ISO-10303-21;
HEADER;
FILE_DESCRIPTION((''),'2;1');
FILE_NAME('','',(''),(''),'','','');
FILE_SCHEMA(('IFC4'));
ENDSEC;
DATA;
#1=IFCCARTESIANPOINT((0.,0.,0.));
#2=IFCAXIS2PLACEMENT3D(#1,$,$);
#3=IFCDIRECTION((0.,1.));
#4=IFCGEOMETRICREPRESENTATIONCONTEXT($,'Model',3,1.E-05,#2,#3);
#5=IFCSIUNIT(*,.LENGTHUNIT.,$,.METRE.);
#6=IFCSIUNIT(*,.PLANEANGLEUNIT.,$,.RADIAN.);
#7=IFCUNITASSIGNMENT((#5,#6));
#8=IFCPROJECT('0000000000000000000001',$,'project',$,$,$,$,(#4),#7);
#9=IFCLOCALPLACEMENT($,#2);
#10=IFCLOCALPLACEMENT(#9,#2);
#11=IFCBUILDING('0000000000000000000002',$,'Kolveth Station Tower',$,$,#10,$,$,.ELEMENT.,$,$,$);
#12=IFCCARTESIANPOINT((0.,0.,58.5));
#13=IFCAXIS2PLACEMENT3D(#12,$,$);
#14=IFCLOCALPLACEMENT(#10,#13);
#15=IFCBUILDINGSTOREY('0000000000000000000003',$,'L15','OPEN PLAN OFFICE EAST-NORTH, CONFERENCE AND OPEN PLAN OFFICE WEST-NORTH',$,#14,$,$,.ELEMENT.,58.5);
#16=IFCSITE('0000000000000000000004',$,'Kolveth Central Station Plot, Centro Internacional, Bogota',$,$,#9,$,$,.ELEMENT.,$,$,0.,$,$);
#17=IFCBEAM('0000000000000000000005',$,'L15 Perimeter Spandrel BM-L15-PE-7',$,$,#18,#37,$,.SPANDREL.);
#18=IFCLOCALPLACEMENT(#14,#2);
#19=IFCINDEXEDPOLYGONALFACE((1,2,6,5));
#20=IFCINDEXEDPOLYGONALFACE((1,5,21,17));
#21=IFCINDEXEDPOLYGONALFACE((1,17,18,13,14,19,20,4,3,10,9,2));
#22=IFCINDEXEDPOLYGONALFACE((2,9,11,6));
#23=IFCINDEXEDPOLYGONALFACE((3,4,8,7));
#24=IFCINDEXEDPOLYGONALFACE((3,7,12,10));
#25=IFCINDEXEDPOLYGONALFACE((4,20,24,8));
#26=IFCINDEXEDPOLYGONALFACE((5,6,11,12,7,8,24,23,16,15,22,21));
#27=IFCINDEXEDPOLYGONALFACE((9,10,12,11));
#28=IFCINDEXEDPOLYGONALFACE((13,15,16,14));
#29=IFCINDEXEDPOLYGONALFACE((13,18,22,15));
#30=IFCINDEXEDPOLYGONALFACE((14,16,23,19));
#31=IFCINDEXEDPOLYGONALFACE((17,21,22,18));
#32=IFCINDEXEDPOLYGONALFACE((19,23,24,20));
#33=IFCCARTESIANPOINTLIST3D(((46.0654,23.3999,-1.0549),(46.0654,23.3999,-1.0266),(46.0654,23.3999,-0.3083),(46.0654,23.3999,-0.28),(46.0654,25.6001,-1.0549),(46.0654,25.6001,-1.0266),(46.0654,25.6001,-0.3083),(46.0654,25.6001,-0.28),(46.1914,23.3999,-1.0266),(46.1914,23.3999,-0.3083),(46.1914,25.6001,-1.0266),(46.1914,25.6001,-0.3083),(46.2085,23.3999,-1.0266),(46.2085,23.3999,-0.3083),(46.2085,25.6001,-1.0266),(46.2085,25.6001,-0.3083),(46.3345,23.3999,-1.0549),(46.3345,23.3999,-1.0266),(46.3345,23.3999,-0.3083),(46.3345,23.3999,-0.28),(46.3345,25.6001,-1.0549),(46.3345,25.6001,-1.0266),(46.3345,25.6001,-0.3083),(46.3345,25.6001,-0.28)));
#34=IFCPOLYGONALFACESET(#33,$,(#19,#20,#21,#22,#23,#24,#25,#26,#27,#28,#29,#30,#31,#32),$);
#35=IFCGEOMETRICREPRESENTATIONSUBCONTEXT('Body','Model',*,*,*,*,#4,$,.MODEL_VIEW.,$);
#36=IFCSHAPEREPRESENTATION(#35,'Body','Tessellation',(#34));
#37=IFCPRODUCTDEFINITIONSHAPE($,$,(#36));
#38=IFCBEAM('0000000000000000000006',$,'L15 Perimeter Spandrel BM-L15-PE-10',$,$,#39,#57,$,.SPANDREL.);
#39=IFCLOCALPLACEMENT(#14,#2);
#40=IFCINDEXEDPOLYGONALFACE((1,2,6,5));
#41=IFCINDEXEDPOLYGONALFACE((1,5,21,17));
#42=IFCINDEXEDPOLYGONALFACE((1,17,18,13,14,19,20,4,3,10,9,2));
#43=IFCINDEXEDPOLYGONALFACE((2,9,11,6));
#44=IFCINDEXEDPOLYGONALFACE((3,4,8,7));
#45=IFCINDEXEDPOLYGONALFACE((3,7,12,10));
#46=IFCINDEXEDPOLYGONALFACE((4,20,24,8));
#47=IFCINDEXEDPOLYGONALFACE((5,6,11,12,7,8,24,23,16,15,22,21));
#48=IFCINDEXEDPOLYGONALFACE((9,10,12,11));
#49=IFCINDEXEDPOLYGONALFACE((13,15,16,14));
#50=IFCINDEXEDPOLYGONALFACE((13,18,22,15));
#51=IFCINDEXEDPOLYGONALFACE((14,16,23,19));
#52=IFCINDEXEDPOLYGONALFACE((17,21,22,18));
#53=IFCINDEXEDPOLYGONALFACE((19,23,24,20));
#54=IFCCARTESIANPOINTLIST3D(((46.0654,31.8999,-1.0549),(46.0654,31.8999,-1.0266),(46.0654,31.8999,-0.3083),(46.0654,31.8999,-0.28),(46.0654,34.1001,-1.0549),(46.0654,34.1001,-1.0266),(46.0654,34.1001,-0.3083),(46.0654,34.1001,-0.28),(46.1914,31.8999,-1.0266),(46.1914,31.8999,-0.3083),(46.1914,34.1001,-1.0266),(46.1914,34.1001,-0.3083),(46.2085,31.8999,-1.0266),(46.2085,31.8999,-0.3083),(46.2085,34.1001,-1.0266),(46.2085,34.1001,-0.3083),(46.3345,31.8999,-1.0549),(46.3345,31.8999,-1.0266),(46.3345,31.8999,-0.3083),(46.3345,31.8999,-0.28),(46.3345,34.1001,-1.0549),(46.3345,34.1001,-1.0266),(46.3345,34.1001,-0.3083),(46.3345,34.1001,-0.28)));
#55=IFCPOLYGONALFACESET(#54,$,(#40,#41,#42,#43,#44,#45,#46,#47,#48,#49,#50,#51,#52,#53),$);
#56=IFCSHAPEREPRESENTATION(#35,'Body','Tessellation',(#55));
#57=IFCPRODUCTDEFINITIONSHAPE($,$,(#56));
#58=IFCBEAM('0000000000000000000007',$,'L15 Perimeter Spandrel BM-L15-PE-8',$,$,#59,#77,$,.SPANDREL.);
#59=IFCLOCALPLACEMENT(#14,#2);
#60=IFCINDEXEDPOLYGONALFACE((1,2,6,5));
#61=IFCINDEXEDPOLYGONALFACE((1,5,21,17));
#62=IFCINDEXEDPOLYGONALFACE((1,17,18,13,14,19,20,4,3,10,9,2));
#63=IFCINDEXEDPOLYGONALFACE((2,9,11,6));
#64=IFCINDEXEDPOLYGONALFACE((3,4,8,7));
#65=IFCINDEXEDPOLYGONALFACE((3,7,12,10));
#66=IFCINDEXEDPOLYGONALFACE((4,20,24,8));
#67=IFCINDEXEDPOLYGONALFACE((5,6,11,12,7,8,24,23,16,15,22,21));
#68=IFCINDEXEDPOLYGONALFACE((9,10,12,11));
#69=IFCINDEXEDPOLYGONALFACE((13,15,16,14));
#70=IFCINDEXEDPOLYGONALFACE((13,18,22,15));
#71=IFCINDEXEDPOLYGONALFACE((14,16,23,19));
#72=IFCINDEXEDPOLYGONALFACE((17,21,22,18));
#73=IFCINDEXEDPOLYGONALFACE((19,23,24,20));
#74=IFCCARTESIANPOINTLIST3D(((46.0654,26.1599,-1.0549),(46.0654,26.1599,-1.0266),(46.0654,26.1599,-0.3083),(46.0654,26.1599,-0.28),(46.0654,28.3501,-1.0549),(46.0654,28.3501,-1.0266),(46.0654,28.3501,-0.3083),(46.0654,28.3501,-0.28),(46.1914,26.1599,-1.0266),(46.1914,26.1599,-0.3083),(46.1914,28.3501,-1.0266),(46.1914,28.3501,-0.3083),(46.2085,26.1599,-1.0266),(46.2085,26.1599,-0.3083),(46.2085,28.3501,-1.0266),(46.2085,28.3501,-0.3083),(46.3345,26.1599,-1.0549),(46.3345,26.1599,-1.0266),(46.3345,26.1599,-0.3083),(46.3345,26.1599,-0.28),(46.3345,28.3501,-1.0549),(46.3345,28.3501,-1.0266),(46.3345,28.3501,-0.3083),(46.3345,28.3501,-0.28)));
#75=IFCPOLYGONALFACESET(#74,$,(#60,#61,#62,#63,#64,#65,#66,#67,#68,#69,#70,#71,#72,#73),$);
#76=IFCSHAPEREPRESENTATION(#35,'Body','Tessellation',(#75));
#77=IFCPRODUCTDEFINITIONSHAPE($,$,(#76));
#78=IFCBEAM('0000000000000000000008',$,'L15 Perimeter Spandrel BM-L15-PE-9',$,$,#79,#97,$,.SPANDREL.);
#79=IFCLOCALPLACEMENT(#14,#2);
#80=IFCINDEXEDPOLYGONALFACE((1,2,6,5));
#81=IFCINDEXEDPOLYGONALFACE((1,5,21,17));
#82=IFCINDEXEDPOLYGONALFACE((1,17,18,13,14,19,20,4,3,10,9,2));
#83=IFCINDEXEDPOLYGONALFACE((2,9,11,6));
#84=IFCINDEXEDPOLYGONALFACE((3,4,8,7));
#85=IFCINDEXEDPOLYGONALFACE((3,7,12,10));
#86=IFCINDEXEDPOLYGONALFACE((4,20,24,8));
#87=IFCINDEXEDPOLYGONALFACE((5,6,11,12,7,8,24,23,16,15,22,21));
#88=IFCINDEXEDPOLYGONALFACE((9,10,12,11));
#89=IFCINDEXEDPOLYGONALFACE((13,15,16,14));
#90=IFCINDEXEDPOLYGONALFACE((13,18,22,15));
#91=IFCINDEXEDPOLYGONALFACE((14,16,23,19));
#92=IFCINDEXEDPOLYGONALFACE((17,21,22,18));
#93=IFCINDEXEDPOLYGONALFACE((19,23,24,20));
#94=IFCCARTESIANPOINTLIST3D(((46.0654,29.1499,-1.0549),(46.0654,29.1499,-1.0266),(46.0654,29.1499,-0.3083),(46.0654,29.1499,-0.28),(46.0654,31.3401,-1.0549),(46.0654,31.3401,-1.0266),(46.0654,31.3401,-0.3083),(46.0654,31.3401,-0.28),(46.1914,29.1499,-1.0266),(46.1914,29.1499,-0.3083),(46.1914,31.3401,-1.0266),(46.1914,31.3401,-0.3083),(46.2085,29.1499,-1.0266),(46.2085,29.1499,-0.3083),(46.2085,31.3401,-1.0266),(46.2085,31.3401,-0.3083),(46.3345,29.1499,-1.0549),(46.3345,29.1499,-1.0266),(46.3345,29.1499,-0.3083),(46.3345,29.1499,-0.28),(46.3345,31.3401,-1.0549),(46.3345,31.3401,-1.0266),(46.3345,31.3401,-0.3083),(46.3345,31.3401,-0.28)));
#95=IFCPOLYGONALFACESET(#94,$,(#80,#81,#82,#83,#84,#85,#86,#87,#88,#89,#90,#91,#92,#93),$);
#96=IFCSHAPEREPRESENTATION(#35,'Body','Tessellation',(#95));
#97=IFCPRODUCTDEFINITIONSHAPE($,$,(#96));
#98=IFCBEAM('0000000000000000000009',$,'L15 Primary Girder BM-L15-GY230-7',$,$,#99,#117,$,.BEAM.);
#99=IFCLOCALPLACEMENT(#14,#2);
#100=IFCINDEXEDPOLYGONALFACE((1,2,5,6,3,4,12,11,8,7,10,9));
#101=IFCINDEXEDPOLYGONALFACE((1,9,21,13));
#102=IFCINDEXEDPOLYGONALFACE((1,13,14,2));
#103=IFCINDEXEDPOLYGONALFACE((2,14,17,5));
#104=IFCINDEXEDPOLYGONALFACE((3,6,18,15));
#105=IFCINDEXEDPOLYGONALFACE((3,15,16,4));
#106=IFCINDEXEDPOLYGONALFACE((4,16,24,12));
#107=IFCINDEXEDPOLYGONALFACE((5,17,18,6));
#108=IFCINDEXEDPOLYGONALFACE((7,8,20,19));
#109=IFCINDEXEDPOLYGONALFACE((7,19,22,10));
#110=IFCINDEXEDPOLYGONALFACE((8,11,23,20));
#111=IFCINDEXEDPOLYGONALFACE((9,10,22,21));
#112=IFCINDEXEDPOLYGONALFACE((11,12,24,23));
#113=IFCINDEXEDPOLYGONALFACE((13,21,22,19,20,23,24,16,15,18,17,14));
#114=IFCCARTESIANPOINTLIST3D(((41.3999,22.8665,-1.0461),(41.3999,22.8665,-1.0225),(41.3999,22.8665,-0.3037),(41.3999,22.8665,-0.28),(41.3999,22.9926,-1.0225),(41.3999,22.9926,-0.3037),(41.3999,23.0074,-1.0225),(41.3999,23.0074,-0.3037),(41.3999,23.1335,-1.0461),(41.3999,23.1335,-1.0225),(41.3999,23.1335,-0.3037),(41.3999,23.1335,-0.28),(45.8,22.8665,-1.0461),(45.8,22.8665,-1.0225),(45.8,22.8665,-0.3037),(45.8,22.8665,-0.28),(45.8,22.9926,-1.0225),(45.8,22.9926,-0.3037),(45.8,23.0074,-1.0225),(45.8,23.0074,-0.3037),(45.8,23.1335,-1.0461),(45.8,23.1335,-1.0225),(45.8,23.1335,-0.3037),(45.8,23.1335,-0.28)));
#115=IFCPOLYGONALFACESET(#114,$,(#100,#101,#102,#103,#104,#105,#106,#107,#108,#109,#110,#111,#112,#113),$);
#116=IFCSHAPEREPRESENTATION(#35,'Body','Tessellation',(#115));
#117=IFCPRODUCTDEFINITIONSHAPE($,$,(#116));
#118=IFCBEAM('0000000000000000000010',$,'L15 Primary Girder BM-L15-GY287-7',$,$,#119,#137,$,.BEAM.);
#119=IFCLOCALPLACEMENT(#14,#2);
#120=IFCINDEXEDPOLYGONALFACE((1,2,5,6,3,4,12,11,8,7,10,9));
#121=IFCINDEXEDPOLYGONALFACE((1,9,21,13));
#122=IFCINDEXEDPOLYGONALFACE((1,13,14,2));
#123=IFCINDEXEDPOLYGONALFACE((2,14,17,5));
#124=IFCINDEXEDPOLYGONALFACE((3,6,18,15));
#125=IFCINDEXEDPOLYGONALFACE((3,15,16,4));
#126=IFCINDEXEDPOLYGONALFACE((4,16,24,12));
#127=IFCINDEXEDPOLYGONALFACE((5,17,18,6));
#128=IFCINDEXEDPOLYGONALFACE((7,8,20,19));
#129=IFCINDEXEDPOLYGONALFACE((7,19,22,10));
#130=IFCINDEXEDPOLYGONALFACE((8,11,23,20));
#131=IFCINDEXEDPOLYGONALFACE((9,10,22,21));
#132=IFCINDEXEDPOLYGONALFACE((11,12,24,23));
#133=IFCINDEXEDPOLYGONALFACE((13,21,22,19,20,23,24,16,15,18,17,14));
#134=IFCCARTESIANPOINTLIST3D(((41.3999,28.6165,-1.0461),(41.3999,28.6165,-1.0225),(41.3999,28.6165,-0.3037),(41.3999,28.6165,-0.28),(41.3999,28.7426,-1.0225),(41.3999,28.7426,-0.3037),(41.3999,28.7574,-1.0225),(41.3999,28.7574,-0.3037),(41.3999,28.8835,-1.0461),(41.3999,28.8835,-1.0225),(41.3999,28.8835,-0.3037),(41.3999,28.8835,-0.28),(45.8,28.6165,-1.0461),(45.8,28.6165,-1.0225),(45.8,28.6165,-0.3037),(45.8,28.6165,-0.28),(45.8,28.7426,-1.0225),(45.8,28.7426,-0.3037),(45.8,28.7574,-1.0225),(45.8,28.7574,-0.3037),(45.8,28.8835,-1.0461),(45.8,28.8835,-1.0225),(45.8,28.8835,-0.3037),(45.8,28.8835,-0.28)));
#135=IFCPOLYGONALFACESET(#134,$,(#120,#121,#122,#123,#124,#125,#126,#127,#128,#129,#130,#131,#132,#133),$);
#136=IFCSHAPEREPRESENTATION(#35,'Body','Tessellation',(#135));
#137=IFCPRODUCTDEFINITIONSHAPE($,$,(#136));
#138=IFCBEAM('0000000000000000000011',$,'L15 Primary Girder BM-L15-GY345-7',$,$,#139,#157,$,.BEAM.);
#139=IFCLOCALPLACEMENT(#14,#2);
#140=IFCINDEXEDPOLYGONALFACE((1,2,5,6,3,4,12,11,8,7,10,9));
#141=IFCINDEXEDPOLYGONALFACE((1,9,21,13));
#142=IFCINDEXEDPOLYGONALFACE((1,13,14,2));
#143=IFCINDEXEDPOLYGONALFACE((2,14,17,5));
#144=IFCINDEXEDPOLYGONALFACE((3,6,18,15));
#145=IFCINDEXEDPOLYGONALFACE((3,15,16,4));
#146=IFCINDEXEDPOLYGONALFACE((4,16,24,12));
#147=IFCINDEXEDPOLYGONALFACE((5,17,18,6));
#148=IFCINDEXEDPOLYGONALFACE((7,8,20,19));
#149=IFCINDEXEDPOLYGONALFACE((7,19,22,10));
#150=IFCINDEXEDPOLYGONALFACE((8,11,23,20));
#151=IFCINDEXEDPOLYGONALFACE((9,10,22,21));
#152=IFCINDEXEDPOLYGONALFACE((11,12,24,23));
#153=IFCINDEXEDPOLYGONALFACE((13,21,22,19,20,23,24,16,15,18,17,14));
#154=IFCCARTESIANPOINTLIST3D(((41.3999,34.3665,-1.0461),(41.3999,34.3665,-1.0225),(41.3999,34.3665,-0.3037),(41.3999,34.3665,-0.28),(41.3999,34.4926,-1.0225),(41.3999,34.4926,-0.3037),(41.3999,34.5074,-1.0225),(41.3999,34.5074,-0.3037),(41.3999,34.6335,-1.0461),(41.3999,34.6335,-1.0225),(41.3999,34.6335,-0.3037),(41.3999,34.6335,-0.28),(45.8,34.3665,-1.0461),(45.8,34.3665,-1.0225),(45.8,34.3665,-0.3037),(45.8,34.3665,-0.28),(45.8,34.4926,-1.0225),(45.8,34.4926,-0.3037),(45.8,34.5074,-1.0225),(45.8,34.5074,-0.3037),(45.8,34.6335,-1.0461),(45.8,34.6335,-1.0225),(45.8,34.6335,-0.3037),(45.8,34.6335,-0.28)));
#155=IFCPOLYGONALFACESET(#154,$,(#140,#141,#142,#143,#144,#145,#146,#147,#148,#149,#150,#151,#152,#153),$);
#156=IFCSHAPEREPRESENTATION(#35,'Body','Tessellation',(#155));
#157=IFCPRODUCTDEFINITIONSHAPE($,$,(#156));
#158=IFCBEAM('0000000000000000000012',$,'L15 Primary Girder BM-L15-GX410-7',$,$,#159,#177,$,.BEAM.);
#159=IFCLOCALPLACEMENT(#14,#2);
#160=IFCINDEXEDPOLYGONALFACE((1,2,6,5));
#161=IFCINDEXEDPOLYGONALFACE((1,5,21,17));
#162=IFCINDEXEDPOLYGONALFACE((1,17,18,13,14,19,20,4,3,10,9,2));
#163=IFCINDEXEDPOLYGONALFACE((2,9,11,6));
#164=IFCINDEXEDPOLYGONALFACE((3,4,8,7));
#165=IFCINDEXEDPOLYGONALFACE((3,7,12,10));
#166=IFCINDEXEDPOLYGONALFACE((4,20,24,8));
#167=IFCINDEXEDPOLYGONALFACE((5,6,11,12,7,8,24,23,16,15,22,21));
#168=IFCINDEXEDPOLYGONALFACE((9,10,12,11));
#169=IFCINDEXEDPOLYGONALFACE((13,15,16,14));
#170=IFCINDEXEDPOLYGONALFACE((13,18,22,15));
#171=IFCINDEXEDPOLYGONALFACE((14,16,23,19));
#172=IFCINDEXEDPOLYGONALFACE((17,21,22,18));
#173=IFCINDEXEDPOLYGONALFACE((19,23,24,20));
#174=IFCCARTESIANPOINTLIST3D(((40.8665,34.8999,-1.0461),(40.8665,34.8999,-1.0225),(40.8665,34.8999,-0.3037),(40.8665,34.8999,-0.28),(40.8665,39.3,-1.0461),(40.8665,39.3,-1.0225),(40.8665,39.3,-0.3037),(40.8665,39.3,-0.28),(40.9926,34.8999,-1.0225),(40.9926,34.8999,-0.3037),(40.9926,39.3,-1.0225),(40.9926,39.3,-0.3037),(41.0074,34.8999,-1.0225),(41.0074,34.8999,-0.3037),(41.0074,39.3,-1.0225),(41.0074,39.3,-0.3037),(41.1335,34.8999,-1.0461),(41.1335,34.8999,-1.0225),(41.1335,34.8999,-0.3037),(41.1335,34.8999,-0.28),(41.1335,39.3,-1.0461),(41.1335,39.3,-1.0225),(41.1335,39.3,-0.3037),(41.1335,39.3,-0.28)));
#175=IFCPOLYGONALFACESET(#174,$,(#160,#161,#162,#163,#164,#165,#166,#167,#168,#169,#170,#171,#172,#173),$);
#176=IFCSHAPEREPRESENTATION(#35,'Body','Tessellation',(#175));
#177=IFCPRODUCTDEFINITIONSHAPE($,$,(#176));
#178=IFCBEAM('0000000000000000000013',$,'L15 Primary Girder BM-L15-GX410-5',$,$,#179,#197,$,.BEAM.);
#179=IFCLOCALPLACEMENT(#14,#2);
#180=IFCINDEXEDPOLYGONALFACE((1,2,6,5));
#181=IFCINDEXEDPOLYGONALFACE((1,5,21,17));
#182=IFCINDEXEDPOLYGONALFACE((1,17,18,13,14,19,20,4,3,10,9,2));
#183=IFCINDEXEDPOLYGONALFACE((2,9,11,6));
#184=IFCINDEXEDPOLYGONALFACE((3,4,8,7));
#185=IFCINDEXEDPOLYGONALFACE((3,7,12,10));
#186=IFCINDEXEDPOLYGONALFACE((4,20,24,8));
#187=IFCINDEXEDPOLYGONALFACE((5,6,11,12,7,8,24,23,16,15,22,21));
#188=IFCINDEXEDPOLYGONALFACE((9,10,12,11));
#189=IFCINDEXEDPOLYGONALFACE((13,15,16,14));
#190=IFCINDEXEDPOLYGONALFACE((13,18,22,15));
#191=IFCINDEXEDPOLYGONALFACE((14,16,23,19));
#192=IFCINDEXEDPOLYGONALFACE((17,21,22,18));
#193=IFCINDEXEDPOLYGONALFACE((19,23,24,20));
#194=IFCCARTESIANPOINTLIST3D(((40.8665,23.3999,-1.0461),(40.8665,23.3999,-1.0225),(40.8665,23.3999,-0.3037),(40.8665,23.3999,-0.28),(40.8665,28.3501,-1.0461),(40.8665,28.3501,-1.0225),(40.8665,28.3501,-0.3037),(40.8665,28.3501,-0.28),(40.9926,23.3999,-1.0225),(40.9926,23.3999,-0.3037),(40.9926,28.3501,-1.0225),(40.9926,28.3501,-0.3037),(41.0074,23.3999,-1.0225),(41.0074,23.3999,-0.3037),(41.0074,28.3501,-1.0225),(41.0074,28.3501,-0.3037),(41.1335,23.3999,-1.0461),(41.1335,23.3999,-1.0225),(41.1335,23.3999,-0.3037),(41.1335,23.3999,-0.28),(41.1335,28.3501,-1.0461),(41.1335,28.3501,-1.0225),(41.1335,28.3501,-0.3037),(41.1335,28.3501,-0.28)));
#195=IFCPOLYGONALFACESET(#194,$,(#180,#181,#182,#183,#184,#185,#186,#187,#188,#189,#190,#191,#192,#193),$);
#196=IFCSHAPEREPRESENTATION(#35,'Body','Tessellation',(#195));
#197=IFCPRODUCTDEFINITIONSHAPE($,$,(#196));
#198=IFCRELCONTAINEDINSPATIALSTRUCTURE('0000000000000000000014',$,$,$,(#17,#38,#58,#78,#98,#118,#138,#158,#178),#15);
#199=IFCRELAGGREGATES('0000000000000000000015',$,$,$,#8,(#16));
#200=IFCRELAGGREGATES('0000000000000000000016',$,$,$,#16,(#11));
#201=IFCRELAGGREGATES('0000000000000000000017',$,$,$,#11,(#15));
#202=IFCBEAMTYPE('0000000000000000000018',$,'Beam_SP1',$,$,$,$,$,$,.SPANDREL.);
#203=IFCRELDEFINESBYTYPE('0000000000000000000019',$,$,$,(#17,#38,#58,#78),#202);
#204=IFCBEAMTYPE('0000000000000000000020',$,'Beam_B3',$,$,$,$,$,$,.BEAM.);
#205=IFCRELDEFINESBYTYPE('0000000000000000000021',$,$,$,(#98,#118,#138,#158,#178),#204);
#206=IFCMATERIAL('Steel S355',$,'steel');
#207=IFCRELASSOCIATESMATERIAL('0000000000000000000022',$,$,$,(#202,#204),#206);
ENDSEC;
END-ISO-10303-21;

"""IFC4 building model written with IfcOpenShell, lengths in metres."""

from ifc_helpers import new_model, si_unit, direction, frame, origin, origin_2d, place, context, subcontext, project, spatial, i_section, extrude, source, transform, mapped, material, material_profile, profile_set, type_object, element, save


model = new_model("IFC4")

# Units and contexts
model_context = context("Model", 3, precision=1e-05, world=origin(), true_north=direction((0.0, 1.0)))
body_context = subcontext(model_context, "Body", "Model", "MODEL_VIEW")
ifc_project = project(units=[si_unit("LENGTHUNIT", "METRE"), si_unit("PLANEANGLEUNIT", "RADIAN")], contexts=[model_context])

# Site, building, storey
site_placement = place(None, origin())
site = spatial("IfcSite", under=ifc_project, at=site_placement, Name="Kolveth Central Station Plot, Centro Internacional, Bogota", CompositionType="ELEMENT", RefElevation=0.0)
building_placement = place(site_placement, origin())
building = spatial("IfcBuilding", under=site, at=building_placement, Name="Kolveth Station Tower", CompositionType="ELEMENT")
storey_placement = place(building_placement, frame((0.0, 0.0, 58.5)))
storey = spatial("IfcBuildingStorey", under=building, at=storey_placement, Name="L15", Description="OPEN PLAN OFFICE EAST-NORTH, CONFERENCE AND OPEN PLAN OFFICE WEST-NORTH", CompositionType="ELEMENT", Elevation=58.5)

# Shared definitions
ifc_material_1 = material(Name="Steel S355", Category="steel")

# Beams
ifc_material_profile_1 = material_profile(ifc_material_1, i_section(OverallWidth=0.269, OverallDepth=0.7749, WebThickness=0.0171, FlangeThickness=0.0283, at=origin_2d()), Name="W760x220")
ifc_profile_set_1 = profile_set([ifc_material_profile_1], Name="Steel S355")
beam_type_1 = type_object("IfcBeamType", Name="Beam_SP1", PredefinedType="SPANDREL", material=ifc_profile_set_1)
shared_shape_1 = source(origin(), body_context, "Body", "SweptSolid", [
    extrude(i_section(OverallWidth=0.269, OverallDepth=0.7749, WebThickness=0.0171, FlangeThickness=0.0283, at=origin_2d()), origin(), (0.0, 0.0, 1.0), 2.2002),
])
for number, where, z_axis, x_axis, name in (
    (1, (46.2, 23.3999, -0.6675), (0.0, 1.0, 0.0), (-1.0, 0.0, 0.0), "L15 Perimeter Spandrel BM-L15-PE-7"),
    (2, (46.2, 31.8999, -0.6675), (0.0, 1.0, 0.0), (-1.0, 0.0, 0.0), "L15 Perimeter Spandrel BM-L15-PE-10"),
):
    element("IfcBeam", number, at=place(storey_placement, frame(where, z_axis=z_axis, x_axis=x_axis)), inside=storey, type_object=beam_type_1, Name=name, PredefinedType="SPANDREL", context=body_context, shape_type="MappedRepresentation", body=[
        mapped(shared_shape_1, transform((0.0, 0.0, 0.0), x_axis=(1.0, 0.0, 0.0), y_axis=(0.0, 1.0, 0.0), z_axis=(0.0, 0.0, 1.0), scale=1.0)),
    ])
shared_shape_2 = source(origin(), body_context, "Body", "SweptSolid", [
    extrude(i_section(OverallWidth=0.269, OverallDepth=0.7749, WebThickness=0.0171, FlangeThickness=0.0283, at=origin_2d()), origin(), (0.0, 0.0, 1.0), 2.1902),
])
for number, where, z_axis, x_axis, name in (
    (3, (46.2, 26.1599, -0.6675), (0.0, 1.0, 0.0), (-1.0, 0.0, 0.0), "L15 Perimeter Spandrel BM-L15-PE-8"),
    (4, (46.2, 29.1499, -0.6675), (0.0, 1.0, 0.0), (-1.0, 0.0, 0.0), "L15 Perimeter Spandrel BM-L15-PE-9"),
):
    element("IfcBeam", number, at=place(storey_placement, frame(where, z_axis=z_axis, x_axis=x_axis)), inside=storey, type_object=beam_type_1, Name=name, PredefinedType="SPANDREL", context=body_context, shape_type="MappedRepresentation", body=[
        mapped(shared_shape_2, transform((0.0, 0.0, 0.0), x_axis=(1.0, 0.0, 0.0), y_axis=(0.0, 1.0, 0.0), z_axis=(0.0, 0.0, 1.0), scale=1.0)),
    ])
ifc_material_profile_2 = material_profile(ifc_material_1, i_section(OverallWidth=0.2671, OverallDepth=0.7661, WebThickness=0.0149, FlangeThickness=0.0237, at=origin_2d()), Name="W760x185")
ifc_profile_set_2 = profile_set([ifc_material_profile_2], Name="Steel S355")
beam_type_2 = type_object("IfcBeamType", Name="Beam_B3", PredefinedType="BEAM", material=ifc_profile_set_2)
shared_shape_3 = source(origin(), body_context, "Body", "SweptSolid", [
    extrude(i_section(OverallWidth=0.2671, OverallDepth=0.7661, WebThickness=0.0149, FlangeThickness=0.0237, at=origin_2d()), origin(), (0.0, 0.0, 1.0), 4.4001),
])
for number, where, z_axis, x_axis, name in (
    (5, (41.3999, 23.0, -0.6631), (1.0, 0.0, 0.0), (0.0, 1.0, 0.0), "L15 Primary Girder BM-L15-GY230-7"),
    (6, (41.3999, 28.75, -0.6631), (1.0, 0.0, 0.0), (0.0, 1.0, 0.0), "L15 Primary Girder BM-L15-GY287-7"),
    (7, (41.3999, 34.5, -0.6631), (1.0, 0.0, 0.0), (0.0, 1.0, 0.0), "L15 Primary Girder BM-L15-GY345-7"),
    (8, (41.0, 34.8999, -0.6631), (0.0, 1.0, 0.0), (-1.0, 0.0, 0.0), "L15 Primary Girder BM-L15-GX410-7"),
):
    element("IfcBeam", number, at=place(storey_placement, frame(where, z_axis=z_axis, x_axis=x_axis)), inside=storey, type_object=beam_type_2, Name=name, PredefinedType="BEAM", context=body_context, shape_type="MappedRepresentation", body=[
        mapped(shared_shape_3, transform((0.0, 0.0, 0.0), x_axis=(1.0, 0.0, 0.0), y_axis=(0.0, 1.0, 0.0), z_axis=(0.0, 0.0, 1.0), scale=1.0)),
    ])
shared_shape_4 = source(origin(), body_context, "Body", "SweptSolid", [
    extrude(i_section(OverallWidth=0.2671, OverallDepth=0.7661, WebThickness=0.0149, FlangeThickness=0.0237, at=origin_2d()), origin(), (0.0, 0.0, 1.0), 4.9502),
])
for number, where, z_axis, x_axis, name in (
    (9, (41.0, 23.3999, -0.6631), (0.0, 1.0, 0.0), (-1.0, 0.0, 0.0), "L15 Primary Girder BM-L15-GX410-5"),
):
    element("IfcBeam", number, at=place(storey_placement, frame(where, z_axis=z_axis, x_axis=x_axis)), inside=storey, type_object=beam_type_2, Name=name, PredefinedType="BEAM", context=body_context, shape_type="MappedRepresentation", body=[
        mapped(shared_shape_4, transform((0.0, 0.0, 0.0), x_axis=(1.0, 0.0, 0.0), y_axis=(0.0, 1.0, 0.0), z_axis=(0.0, 0.0, 1.0), scale=1.0)),
    ])

save(model, "model.ifc")
